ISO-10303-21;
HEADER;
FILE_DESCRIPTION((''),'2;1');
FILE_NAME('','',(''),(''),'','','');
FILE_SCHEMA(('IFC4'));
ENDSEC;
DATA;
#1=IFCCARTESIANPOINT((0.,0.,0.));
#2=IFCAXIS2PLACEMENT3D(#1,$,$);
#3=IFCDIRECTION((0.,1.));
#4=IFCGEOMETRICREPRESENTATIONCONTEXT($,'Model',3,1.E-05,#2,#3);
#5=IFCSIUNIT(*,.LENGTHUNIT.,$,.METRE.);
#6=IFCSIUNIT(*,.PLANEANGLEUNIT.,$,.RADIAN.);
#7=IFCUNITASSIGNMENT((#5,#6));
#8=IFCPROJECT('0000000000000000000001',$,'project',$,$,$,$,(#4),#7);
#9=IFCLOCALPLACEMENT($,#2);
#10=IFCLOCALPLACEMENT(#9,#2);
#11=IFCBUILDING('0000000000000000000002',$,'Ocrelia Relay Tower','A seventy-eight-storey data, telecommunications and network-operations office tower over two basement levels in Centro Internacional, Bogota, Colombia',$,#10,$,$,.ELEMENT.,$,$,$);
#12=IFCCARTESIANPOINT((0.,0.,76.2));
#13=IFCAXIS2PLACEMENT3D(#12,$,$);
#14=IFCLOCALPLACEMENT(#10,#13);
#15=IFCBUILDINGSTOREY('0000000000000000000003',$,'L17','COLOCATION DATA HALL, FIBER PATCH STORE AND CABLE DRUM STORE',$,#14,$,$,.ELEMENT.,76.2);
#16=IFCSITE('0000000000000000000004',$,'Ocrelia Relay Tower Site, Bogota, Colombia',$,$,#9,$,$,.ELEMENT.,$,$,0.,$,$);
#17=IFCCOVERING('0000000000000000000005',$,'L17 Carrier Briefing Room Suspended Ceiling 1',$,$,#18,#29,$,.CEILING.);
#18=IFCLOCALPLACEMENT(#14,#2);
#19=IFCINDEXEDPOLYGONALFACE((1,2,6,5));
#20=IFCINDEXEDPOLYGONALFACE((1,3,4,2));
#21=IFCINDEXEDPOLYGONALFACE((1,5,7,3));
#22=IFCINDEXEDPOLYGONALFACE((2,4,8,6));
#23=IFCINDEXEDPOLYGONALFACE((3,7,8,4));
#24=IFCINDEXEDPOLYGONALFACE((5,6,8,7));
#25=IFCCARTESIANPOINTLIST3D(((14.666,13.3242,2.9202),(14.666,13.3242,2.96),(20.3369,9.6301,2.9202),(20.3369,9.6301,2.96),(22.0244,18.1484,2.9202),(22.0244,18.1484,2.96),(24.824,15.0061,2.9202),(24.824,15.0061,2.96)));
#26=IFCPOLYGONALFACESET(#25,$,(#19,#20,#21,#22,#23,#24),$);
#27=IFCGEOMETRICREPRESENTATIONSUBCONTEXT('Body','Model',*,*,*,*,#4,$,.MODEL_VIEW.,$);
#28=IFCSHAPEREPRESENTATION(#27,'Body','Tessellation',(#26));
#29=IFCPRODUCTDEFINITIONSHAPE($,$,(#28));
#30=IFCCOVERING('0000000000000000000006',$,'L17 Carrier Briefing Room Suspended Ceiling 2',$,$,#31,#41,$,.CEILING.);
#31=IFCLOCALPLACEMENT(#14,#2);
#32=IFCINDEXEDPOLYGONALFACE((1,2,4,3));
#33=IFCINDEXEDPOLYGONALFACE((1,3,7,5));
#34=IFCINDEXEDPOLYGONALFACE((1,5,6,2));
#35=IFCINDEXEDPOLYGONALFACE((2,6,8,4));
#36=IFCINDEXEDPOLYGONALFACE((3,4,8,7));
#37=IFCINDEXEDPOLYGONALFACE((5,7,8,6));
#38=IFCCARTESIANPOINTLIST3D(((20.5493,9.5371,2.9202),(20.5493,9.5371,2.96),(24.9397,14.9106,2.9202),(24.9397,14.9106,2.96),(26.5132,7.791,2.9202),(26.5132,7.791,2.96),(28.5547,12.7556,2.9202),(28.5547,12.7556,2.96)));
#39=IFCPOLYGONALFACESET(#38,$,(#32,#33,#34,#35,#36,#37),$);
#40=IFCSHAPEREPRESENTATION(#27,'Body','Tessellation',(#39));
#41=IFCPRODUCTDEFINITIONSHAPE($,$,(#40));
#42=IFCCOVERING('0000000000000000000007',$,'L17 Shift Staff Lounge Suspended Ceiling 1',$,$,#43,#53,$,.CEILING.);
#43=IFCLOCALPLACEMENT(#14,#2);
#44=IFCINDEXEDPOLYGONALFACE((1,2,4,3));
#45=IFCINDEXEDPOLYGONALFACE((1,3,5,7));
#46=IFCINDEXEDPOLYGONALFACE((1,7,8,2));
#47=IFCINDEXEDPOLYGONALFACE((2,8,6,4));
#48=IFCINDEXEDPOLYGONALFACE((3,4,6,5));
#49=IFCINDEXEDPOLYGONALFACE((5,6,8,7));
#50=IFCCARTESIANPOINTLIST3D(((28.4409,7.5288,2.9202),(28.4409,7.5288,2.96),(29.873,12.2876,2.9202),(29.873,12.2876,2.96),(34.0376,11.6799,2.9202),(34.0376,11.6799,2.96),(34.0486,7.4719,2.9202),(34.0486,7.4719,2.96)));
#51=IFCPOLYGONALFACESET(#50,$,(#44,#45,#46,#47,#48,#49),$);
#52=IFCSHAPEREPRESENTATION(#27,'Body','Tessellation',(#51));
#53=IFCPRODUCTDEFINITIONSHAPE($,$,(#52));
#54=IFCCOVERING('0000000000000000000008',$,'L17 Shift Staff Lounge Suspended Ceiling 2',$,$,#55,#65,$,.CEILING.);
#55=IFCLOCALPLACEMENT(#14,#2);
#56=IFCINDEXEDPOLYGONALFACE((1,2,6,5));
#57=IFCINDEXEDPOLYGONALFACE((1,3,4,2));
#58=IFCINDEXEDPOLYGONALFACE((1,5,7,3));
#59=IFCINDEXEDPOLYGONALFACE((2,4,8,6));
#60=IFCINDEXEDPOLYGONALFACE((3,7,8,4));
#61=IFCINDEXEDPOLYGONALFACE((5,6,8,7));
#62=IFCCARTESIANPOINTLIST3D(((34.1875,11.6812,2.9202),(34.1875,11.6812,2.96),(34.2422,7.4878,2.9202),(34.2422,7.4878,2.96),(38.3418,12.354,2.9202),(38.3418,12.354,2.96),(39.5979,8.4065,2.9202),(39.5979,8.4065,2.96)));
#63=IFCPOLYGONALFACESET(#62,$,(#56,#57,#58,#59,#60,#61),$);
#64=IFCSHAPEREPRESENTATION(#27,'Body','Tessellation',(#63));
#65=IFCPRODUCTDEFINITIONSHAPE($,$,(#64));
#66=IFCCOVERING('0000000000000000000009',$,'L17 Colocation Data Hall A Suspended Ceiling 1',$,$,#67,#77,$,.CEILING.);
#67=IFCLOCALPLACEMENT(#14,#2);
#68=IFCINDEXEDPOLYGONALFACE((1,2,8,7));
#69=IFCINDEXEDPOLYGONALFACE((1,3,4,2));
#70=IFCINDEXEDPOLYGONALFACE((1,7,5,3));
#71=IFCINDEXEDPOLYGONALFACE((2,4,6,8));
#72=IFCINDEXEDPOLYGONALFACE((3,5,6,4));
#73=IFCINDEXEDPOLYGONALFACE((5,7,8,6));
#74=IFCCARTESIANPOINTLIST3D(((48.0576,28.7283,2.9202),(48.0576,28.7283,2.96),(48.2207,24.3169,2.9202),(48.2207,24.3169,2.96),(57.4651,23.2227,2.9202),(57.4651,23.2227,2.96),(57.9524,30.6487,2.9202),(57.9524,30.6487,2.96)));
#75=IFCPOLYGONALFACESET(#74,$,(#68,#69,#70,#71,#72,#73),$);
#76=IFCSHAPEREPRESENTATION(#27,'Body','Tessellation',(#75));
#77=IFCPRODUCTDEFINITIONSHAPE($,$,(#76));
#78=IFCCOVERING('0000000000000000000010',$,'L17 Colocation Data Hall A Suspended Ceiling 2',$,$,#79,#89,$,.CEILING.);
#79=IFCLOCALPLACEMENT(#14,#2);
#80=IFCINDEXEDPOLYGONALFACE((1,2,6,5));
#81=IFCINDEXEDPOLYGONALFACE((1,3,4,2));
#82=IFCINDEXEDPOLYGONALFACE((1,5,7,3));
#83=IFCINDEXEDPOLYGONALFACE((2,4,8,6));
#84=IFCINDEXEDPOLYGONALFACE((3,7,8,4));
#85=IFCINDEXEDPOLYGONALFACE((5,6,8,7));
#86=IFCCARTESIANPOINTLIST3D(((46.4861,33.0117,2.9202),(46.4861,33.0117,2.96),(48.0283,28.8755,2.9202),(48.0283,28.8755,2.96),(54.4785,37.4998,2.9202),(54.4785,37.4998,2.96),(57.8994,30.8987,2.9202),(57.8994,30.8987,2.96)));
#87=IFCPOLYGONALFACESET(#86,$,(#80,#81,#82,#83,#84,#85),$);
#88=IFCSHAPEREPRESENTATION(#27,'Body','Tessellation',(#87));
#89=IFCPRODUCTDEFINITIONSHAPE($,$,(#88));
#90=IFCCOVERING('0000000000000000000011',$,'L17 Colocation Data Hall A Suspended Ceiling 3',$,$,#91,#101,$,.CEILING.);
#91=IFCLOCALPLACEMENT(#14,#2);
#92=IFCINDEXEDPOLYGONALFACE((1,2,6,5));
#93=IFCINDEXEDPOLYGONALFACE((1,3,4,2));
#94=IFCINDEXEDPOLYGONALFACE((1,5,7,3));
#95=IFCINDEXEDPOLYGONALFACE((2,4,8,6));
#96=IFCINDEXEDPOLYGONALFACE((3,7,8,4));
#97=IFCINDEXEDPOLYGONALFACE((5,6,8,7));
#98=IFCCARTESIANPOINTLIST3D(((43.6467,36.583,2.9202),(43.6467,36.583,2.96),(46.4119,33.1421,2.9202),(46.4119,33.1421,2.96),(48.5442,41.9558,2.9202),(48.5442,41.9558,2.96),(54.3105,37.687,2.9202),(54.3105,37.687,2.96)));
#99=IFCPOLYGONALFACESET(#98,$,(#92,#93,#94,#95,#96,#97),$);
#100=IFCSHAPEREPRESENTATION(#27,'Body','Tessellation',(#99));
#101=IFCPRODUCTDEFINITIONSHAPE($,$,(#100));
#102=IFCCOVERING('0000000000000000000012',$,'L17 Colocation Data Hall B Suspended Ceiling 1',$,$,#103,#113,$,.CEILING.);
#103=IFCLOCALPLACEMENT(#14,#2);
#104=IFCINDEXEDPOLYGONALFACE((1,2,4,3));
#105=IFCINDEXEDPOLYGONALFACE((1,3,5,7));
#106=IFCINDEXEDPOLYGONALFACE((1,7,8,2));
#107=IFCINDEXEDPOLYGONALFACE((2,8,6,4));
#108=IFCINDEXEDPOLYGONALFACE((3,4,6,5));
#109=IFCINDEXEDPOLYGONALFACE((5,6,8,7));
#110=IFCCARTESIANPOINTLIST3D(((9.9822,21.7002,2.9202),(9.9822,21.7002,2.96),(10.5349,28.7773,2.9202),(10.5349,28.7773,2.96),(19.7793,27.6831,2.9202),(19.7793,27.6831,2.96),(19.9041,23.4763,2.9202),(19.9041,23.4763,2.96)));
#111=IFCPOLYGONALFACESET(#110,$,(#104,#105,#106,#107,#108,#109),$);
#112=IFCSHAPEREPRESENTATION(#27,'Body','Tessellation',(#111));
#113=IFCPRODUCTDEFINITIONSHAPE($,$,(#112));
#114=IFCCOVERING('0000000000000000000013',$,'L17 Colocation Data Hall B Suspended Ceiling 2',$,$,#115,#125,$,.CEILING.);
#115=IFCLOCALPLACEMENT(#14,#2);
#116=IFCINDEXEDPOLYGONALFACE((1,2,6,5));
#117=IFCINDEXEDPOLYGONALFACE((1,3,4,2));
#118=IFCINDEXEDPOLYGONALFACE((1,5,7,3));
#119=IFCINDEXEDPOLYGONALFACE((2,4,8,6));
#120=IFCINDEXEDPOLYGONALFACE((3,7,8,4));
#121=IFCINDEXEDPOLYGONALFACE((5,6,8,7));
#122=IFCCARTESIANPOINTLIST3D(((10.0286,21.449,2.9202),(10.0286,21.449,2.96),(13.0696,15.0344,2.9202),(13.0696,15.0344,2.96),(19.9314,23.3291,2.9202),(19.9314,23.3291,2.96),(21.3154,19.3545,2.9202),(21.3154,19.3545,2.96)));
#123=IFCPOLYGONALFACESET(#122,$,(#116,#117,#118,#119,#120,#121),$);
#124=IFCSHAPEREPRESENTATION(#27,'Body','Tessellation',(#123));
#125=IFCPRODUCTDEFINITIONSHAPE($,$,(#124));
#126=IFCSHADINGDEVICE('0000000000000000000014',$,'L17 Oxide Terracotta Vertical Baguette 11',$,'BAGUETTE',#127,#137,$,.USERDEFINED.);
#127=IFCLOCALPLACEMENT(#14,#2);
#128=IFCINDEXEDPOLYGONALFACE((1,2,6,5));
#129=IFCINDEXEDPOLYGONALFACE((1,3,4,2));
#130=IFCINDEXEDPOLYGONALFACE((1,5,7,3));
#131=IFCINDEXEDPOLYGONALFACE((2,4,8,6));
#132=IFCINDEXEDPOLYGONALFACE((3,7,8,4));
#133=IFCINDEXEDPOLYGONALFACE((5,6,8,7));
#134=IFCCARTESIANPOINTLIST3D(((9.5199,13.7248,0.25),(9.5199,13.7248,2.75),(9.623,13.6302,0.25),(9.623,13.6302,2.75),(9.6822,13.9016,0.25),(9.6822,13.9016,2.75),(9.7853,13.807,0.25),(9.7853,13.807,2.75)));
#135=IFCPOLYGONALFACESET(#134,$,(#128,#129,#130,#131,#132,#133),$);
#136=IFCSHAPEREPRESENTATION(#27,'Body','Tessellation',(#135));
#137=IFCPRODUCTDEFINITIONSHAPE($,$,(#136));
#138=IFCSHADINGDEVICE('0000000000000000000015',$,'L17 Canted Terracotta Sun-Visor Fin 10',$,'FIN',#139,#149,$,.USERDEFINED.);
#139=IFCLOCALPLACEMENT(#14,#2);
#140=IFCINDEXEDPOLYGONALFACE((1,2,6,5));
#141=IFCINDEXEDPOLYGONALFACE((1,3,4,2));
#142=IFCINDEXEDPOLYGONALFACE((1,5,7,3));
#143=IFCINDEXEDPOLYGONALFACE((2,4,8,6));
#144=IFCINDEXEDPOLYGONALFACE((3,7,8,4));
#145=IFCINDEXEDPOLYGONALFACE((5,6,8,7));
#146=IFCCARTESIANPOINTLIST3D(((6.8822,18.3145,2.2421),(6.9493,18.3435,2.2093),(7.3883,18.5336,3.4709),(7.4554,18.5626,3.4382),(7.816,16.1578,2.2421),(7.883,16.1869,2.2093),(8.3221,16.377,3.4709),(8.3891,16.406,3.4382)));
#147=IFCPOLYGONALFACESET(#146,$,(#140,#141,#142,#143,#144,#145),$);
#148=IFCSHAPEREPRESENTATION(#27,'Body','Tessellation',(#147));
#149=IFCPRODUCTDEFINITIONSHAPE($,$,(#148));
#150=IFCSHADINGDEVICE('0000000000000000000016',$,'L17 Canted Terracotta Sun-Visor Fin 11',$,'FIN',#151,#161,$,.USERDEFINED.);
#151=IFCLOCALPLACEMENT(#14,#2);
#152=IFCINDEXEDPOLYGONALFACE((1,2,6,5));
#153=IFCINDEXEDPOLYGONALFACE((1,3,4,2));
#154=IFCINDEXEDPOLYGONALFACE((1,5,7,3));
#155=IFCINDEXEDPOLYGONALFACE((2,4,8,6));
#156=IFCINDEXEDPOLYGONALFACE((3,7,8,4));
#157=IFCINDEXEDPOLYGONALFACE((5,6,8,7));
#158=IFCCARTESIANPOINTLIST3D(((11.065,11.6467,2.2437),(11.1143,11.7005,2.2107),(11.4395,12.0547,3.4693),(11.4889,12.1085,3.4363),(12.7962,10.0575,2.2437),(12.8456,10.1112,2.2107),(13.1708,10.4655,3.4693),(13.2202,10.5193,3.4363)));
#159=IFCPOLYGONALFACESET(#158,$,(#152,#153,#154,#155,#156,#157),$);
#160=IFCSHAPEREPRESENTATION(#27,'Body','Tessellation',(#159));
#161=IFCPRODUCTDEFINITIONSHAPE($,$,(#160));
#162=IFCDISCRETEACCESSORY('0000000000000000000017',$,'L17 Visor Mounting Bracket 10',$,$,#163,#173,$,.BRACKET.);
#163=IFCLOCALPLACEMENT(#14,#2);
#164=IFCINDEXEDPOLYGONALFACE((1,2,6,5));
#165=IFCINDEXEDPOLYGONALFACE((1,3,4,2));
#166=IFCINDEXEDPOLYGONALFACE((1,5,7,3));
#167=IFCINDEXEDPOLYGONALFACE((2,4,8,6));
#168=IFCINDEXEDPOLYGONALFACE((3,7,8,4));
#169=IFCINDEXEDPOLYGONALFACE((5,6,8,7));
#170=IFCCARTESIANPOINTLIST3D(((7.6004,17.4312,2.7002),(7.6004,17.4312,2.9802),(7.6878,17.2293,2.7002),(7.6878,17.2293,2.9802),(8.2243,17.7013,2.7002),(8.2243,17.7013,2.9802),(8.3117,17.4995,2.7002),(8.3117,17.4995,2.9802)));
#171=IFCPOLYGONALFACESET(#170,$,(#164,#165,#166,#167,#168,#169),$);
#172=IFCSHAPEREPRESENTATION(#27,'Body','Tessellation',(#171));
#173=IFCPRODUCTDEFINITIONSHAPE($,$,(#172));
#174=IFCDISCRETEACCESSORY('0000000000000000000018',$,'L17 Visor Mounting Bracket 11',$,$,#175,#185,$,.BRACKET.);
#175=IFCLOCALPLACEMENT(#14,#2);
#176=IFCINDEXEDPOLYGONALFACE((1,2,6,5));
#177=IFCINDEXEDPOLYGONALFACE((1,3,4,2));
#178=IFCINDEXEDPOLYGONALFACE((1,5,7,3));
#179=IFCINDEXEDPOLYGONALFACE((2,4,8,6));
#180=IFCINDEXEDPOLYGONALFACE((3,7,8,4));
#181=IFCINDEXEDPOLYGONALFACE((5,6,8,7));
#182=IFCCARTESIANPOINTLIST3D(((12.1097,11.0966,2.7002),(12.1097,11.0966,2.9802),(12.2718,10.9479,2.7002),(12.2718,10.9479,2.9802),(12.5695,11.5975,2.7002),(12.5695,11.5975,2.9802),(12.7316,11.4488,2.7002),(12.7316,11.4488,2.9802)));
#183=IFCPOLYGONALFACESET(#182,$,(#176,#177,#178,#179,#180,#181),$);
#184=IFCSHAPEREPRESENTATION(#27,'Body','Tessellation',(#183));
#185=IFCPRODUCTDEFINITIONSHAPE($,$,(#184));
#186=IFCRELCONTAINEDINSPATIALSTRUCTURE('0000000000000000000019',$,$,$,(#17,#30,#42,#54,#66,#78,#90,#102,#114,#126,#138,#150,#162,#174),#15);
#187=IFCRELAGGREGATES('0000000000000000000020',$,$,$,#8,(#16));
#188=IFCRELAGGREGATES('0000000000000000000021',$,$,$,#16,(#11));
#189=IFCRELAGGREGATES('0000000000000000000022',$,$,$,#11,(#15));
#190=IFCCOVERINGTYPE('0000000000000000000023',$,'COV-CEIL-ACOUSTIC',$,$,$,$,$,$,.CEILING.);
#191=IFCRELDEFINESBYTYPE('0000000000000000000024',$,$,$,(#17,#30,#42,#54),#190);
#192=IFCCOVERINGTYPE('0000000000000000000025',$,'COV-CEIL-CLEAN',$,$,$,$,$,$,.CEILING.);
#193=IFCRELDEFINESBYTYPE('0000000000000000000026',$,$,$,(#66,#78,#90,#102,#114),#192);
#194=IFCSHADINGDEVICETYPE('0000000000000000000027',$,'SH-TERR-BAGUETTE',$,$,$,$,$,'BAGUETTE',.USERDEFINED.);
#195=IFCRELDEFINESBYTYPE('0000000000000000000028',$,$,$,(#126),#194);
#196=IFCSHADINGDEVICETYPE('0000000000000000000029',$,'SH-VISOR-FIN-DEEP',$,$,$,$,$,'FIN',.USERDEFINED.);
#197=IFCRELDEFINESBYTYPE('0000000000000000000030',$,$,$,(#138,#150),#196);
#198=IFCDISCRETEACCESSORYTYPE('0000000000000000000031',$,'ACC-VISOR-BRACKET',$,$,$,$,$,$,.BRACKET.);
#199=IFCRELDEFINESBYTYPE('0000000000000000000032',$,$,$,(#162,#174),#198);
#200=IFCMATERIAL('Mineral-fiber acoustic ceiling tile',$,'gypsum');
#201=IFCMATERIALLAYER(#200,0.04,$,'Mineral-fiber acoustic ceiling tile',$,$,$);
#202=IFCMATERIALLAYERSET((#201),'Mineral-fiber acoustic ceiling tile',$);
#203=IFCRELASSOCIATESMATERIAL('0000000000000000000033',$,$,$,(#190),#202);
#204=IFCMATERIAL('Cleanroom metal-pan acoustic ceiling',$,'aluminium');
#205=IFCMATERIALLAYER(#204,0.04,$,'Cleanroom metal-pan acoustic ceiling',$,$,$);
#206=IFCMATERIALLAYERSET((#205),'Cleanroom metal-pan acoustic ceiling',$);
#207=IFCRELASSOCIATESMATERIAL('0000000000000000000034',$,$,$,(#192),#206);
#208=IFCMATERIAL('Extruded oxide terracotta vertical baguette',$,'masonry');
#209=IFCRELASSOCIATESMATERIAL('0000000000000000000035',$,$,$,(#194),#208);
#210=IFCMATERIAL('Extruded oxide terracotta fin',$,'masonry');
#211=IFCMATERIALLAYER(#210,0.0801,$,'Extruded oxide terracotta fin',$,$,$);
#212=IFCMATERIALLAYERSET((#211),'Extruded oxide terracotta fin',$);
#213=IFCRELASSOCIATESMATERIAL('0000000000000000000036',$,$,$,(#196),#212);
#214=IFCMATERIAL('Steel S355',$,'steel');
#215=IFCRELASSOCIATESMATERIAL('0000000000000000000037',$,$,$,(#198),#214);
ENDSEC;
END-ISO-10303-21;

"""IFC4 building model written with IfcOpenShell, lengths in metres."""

from ifc_helpers import new_model, si_unit, direction, frame, origin, origin_2d, place, context, subcontext, project, spatial, polyline, rectangle, outline, extrude, material, layer, layer_set, type_object, element, save


model = new_model("IFC4")

# Units and contexts
model_context = context("Model", 3, precision=1e-05, world=origin(), true_north=direction((0.0, 1.0)))
body_context = subcontext(model_context, "Body", "Model", "MODEL_VIEW")
ifc_project = project(units=[si_unit("LENGTHUNIT", "METRE"), si_unit("PLANEANGLEUNIT", "RADIAN")], contexts=[model_context])

# Site, building, storey
site_placement = place(None, origin())
site = spatial("IfcSite", under=ifc_project, at=site_placement, Name="Ocrelia Relay Tower Site, Bogota, Colombia", CompositionType="ELEMENT", RefElevation=0.0)
building_placement = place(site_placement, origin())
building = spatial("IfcBuilding", under=site, at=building_placement, Name="Ocrelia Relay Tower", Description="A seventy-eight-storey data, telecommunications and network-operations office tower over two basement levels in Centro Internacional, Bogota, Colombia", CompositionType="ELEMENT")
storey_placement = place(building_placement, frame((0.0, 0.0, 76.2)))
storey = spatial("IfcBuildingStorey", under=building, at=storey_placement, Name="L17", Description="COLOCATION DATA HALL, FIBER PATCH STORE AND CABLE DRUM STORE", CompositionType="ELEMENT", Elevation=76.2)

# Shared definitions
ifc_material_1 = material(Name="Steel S355", Category="steel")

# Coverings
ifc_material_2 = material(Name="Mineral-fiber acoustic ceiling tile", Category="gypsum")
ifc_layer_1 = layer(ifc_material_2, 0.04, Name="Mineral-fiber acoustic ceiling tile")
ifc_layer_set_1 = layer_set([ifc_layer_1], Name="Mineral-fiber acoustic ceiling tile")
covering_type_1 = type_object("IfcCoveringType", Name="COV-CEIL-ACOUSTIC", PredefinedType="CEILING", material=ifc_layer_set_1)
covering_1_placement = place(storey_placement, frame((0.0, 0.0, 2.9202)))
element("IfcCovering", 1, at=covering_1_placement, inside=storey, type_object=covering_type_1, Name="L17 Carrier Briefing Room Suspended Ceiling 1", PredefinedType="CEILING", context=body_context, shape_type="SweptSolid", body=[
    extrude(outline(polyline([(22.0244, 18.1484), (14.666, 13.3242), (20.3369, 9.6301), (24.824, 15.0061), (22.0244, 18.1484)])), origin(), (0.0, 0.0, 1.0), 0.0398),
])
covering_2_placement = place(storey_placement, frame((0.0, 0.0, 2.9202)))
element("IfcCovering", 2, at=covering_2_placement, inside=storey, type_object=covering_type_1, Name="L17 Carrier Briefing Room Suspended Ceiling 2", PredefinedType="CEILING", context=body_context, shape_type="SweptSolid", body=[
    extrude(outline(polyline([(24.9397, 14.9106), (20.5493, 9.5371), (26.5132, 7.791), (28.5547, 12.7556), (24.9397, 14.9106)])), origin(), (0.0, 0.0, 1.0), 0.0398),
])
covering_3_placement = place(storey_placement, frame((0.0, 0.0, 2.9202)))
element("IfcCovering", 3, at=covering_3_placement, inside=storey, type_object=covering_type_1, Name="L17 Shift Staff Lounge Suspended Ceiling 1", PredefinedType="CEILING", context=body_context, shape_type="SweptSolid", body=[
    extrude(outline(polyline([(29.873, 12.2876), (28.4409, 7.5288), (34.0486, 7.4719), (34.0376, 11.6799), (29.873, 12.2876)])), origin(), (0.0, 0.0, 1.0), 0.0398),
])
covering_4_placement = place(storey_placement, frame((0.0, 0.0, 2.9202)))
element("IfcCovering", 4, at=covering_4_placement, inside=storey, type_object=covering_type_1, Name="L17 Shift Staff Lounge Suspended Ceiling 2", PredefinedType="CEILING", context=body_context, shape_type="SweptSolid", body=[
    extrude(outline(polyline([(34.1875, 11.6812), (34.2422, 7.4878), (39.5979, 8.4065), (38.3418, 12.354), (34.1875, 11.6812)])), origin(), (0.0, 0.0, 1.0), 0.0398),
])
ifc_material_3 = material(Name="Cleanroom metal-pan acoustic ceiling", Category="aluminium")
ifc_layer_2 = layer(ifc_material_3, 0.04, Name="Cleanroom metal-pan acoustic ceiling")
ifc_layer_set_2 = layer_set([ifc_layer_2], Name="Cleanroom metal-pan acoustic ceiling")
covering_type_2 = type_object("IfcCoveringType", Name="COV-CEIL-CLEAN", PredefinedType="CEILING", material=ifc_layer_set_2)
covering_5_placement = place(storey_placement, frame((0.0, 0.0, 2.9202)))
element("IfcCovering", 5, at=covering_5_placement, inside=storey, type_object=covering_type_2, Name="L17 Colocation Data Hall A Suspended Ceiling 1", PredefinedType="CEILING", context=body_context, shape_type="SweptSolid", body=[
    extrude(outline(polyline([(48.2207, 24.3169), (57.4651, 23.2227), (57.9524, 30.6487), (48.0576, 28.7283), (48.2207, 24.3169)])), origin(), (0.0, 0.0, 1.0), 0.0398),
])
covering_6_placement = place(storey_placement, frame((0.0, 0.0, 2.9202)))
element("IfcCovering", 6, at=covering_6_placement, inside=storey, type_object=covering_type_2, Name="L17 Colocation Data Hall A Suspended Ceiling 2", PredefinedType="CEILING", context=body_context, shape_type="SweptSolid", body=[
    extrude(outline(polyline([(48.0283, 28.8755), (57.8994, 30.8987), (54.4785, 37.4998), (46.4861, 33.0117), (48.0283, 28.8755)])), origin(), (0.0, 0.0, 1.0), 0.0398),
])
covering_7_placement = place(storey_placement, frame((0.0, 0.0, 2.9202)))
element("IfcCovering", 7, at=covering_7_placement, inside=storey, type_object=covering_type_2, Name="L17 Colocation Data Hall A Suspended Ceiling 3", PredefinedType="CEILING", context=body_context, shape_type="SweptSolid", body=[
    extrude(outline(polyline([(46.4119, 33.1421), (54.3105, 37.687), (48.5442, 41.9558), (43.6467, 36.583), (46.4119, 33.1421)])), origin(), (0.0, 0.0, 1.0), 0.0398),
])
covering_8_placement = place(storey_placement, frame((0.0, 0.0, 2.9202)))
element("IfcCovering", 8, at=covering_8_placement, inside=storey, type_object=covering_type_2, Name="L17 Colocation Data Hall B Suspended Ceiling 1", PredefinedType="CEILING", context=body_context, shape_type="SweptSolid", body=[
    extrude(outline(polyline([(19.7793, 27.6831), (10.5349, 28.7773), (9.9822, 21.7002), (19.9041, 23.4763), (19.7793, 27.6831)])), origin(), (0.0, 0.0, 1.0), 0.0398),
])
covering_9_placement = place(storey_placement, frame((0.0, 0.0, 2.9202)))
element("IfcCovering", 9, at=covering_9_placement, inside=storey, type_object=covering_type_2, Name="L17 Colocation Data Hall B Suspended Ceiling 2", PredefinedType="CEILING", context=body_context, shape_type="SweptSolid", body=[
    extrude(outline(polyline([(19.9314, 23.3291), (10.0286, 21.449), (13.0696, 15.0344), (21.3154, 19.3545), (19.9314, 23.3291)])), origin(), (0.0, 0.0, 1.0), 0.0398),
])

# Shading devices
ifc_material_4 = material(Name="Extruded oxide terracotta vertical baguette", Category="masonry")
shading_device_type_1 = type_object("IfcShadingDeviceType", Name="SH-TERR-BAGUETTE", ElementType="BAGUETTE", PredefinedType="USERDEFINED", material=ifc_material_4)
shading_device_1_placement = place(storey_placement, frame((9.6526, 13.7659, 0.25), z_axis=(0.0, 0.0, 1.0), x_axis=(0.736679, -0.676242, 0.0)))
element("IfcShadingDevice", 10, at=shading_device_1_placement, inside=storey, type_object=shading_device_type_1, Name="L17 Oxide Terracotta Vertical Baguette 11", ObjectType="BAGUETTE", PredefinedType="USERDEFINED", context=body_context, shape_type="SweptSolid", body=[
    extrude(rectangle(XDim=0.1399, YDim=0.24, at=origin_2d()), origin(), (0.0, 0.0, 1.0), 2.5),
])
ifc_material_5 = material(Name="Extruded oxide terracotta fin", Category="masonry")
ifc_layer_3 = layer(ifc_material_5, 0.0801, Name="Extruded oxide terracotta fin")
ifc_layer_set_3 = layer_set([ifc_layer_3], Name="Extruded oxide terracotta fin")
shading_device_type_2 = type_object("IfcShadingDeviceType", Name="SH-VISOR-FIN-DEEP", ElementType="FIN", PredefinedType="USERDEFINED", material=ifc_layer_set_3)
shading_device_2_placement = place(storey_placement, frame((7.6692, 17.3748, 2.8237), z_axis=(-0.837234, -0.362483, 0.409445), x_axis=(0.397313, -0.917683, 0.0)))
element("IfcShadingDevice", 11, at=shading_device_2_placement, inside=storey, type_object=shading_device_type_2, Name="L17 Canted Terracotta Sun-Visor Fin 10", ObjectType="FIN", PredefinedType="USERDEFINED", context=body_context, shape_type="SweptSolid", body=[
    extrude(rectangle(XDim=2.3501, YDim=1.3469, at=origin_2d()), origin(), (0.0, 0.0, 1.0), 0.0801),
])
shading_device_3_placement = place(storey_placement, frame((12.1672, 11.1099, 2.8235), z_axis=(-0.616232, -0.671306, 0.411832), x_axis=(0.736679, -0.676242, 0.0)))
element("IfcShadingDevice", 12, at=shading_device_3_placement, inside=storey, type_object=shading_device_type_2, Name="L17 Canted Terracotta Sun-Visor Fin 11", ObjectType="FIN", PredefinedType="USERDEFINED", context=body_context, shape_type="SweptSolid", body=[
    extrude(rectangle(XDim=2.3501, YDim=1.345, at=origin_2d()), origin(), (0.0, 0.0, 1.0), 0.0801),
])

# Discrete accessories
discrete_accessory_type = type_object("IfcDiscreteAccessoryType", Name="ACC-VISOR-BRACKET", PredefinedType="BRACKET", material=ifc_material_1)
for number, where, z_axis, x_axis, name in (
    (13, (7.9561, 17.4653, 2.7002), (0.0, 0.0, 1.0), (0.397313, -0.917683, 0.0), "L17 Visor Mounting Bracket 10"),
    (14, (12.4207, 11.2727, 2.7002), (0.0, 0.0, 1.0), (0.736679, -0.676242, 0.0), "L17 Visor Mounting Bracket 11"),
):
    element("IfcDiscreteAccessory", number, at=place(storey_placement, frame(where, z_axis=z_axis, x_axis=x_axis)), inside=storey, type_object=discrete_accessory_type, Name=name, PredefinedType="BRACKET", context=body_context, shape_type="SweptSolid", body=[
        extrude(rectangle(XDim=0.22, YDim=0.6799, at=origin_2d()), origin(), (0.0, 0.0, 1.0), 0.28),
    ])

save(model, "model.ifc")
